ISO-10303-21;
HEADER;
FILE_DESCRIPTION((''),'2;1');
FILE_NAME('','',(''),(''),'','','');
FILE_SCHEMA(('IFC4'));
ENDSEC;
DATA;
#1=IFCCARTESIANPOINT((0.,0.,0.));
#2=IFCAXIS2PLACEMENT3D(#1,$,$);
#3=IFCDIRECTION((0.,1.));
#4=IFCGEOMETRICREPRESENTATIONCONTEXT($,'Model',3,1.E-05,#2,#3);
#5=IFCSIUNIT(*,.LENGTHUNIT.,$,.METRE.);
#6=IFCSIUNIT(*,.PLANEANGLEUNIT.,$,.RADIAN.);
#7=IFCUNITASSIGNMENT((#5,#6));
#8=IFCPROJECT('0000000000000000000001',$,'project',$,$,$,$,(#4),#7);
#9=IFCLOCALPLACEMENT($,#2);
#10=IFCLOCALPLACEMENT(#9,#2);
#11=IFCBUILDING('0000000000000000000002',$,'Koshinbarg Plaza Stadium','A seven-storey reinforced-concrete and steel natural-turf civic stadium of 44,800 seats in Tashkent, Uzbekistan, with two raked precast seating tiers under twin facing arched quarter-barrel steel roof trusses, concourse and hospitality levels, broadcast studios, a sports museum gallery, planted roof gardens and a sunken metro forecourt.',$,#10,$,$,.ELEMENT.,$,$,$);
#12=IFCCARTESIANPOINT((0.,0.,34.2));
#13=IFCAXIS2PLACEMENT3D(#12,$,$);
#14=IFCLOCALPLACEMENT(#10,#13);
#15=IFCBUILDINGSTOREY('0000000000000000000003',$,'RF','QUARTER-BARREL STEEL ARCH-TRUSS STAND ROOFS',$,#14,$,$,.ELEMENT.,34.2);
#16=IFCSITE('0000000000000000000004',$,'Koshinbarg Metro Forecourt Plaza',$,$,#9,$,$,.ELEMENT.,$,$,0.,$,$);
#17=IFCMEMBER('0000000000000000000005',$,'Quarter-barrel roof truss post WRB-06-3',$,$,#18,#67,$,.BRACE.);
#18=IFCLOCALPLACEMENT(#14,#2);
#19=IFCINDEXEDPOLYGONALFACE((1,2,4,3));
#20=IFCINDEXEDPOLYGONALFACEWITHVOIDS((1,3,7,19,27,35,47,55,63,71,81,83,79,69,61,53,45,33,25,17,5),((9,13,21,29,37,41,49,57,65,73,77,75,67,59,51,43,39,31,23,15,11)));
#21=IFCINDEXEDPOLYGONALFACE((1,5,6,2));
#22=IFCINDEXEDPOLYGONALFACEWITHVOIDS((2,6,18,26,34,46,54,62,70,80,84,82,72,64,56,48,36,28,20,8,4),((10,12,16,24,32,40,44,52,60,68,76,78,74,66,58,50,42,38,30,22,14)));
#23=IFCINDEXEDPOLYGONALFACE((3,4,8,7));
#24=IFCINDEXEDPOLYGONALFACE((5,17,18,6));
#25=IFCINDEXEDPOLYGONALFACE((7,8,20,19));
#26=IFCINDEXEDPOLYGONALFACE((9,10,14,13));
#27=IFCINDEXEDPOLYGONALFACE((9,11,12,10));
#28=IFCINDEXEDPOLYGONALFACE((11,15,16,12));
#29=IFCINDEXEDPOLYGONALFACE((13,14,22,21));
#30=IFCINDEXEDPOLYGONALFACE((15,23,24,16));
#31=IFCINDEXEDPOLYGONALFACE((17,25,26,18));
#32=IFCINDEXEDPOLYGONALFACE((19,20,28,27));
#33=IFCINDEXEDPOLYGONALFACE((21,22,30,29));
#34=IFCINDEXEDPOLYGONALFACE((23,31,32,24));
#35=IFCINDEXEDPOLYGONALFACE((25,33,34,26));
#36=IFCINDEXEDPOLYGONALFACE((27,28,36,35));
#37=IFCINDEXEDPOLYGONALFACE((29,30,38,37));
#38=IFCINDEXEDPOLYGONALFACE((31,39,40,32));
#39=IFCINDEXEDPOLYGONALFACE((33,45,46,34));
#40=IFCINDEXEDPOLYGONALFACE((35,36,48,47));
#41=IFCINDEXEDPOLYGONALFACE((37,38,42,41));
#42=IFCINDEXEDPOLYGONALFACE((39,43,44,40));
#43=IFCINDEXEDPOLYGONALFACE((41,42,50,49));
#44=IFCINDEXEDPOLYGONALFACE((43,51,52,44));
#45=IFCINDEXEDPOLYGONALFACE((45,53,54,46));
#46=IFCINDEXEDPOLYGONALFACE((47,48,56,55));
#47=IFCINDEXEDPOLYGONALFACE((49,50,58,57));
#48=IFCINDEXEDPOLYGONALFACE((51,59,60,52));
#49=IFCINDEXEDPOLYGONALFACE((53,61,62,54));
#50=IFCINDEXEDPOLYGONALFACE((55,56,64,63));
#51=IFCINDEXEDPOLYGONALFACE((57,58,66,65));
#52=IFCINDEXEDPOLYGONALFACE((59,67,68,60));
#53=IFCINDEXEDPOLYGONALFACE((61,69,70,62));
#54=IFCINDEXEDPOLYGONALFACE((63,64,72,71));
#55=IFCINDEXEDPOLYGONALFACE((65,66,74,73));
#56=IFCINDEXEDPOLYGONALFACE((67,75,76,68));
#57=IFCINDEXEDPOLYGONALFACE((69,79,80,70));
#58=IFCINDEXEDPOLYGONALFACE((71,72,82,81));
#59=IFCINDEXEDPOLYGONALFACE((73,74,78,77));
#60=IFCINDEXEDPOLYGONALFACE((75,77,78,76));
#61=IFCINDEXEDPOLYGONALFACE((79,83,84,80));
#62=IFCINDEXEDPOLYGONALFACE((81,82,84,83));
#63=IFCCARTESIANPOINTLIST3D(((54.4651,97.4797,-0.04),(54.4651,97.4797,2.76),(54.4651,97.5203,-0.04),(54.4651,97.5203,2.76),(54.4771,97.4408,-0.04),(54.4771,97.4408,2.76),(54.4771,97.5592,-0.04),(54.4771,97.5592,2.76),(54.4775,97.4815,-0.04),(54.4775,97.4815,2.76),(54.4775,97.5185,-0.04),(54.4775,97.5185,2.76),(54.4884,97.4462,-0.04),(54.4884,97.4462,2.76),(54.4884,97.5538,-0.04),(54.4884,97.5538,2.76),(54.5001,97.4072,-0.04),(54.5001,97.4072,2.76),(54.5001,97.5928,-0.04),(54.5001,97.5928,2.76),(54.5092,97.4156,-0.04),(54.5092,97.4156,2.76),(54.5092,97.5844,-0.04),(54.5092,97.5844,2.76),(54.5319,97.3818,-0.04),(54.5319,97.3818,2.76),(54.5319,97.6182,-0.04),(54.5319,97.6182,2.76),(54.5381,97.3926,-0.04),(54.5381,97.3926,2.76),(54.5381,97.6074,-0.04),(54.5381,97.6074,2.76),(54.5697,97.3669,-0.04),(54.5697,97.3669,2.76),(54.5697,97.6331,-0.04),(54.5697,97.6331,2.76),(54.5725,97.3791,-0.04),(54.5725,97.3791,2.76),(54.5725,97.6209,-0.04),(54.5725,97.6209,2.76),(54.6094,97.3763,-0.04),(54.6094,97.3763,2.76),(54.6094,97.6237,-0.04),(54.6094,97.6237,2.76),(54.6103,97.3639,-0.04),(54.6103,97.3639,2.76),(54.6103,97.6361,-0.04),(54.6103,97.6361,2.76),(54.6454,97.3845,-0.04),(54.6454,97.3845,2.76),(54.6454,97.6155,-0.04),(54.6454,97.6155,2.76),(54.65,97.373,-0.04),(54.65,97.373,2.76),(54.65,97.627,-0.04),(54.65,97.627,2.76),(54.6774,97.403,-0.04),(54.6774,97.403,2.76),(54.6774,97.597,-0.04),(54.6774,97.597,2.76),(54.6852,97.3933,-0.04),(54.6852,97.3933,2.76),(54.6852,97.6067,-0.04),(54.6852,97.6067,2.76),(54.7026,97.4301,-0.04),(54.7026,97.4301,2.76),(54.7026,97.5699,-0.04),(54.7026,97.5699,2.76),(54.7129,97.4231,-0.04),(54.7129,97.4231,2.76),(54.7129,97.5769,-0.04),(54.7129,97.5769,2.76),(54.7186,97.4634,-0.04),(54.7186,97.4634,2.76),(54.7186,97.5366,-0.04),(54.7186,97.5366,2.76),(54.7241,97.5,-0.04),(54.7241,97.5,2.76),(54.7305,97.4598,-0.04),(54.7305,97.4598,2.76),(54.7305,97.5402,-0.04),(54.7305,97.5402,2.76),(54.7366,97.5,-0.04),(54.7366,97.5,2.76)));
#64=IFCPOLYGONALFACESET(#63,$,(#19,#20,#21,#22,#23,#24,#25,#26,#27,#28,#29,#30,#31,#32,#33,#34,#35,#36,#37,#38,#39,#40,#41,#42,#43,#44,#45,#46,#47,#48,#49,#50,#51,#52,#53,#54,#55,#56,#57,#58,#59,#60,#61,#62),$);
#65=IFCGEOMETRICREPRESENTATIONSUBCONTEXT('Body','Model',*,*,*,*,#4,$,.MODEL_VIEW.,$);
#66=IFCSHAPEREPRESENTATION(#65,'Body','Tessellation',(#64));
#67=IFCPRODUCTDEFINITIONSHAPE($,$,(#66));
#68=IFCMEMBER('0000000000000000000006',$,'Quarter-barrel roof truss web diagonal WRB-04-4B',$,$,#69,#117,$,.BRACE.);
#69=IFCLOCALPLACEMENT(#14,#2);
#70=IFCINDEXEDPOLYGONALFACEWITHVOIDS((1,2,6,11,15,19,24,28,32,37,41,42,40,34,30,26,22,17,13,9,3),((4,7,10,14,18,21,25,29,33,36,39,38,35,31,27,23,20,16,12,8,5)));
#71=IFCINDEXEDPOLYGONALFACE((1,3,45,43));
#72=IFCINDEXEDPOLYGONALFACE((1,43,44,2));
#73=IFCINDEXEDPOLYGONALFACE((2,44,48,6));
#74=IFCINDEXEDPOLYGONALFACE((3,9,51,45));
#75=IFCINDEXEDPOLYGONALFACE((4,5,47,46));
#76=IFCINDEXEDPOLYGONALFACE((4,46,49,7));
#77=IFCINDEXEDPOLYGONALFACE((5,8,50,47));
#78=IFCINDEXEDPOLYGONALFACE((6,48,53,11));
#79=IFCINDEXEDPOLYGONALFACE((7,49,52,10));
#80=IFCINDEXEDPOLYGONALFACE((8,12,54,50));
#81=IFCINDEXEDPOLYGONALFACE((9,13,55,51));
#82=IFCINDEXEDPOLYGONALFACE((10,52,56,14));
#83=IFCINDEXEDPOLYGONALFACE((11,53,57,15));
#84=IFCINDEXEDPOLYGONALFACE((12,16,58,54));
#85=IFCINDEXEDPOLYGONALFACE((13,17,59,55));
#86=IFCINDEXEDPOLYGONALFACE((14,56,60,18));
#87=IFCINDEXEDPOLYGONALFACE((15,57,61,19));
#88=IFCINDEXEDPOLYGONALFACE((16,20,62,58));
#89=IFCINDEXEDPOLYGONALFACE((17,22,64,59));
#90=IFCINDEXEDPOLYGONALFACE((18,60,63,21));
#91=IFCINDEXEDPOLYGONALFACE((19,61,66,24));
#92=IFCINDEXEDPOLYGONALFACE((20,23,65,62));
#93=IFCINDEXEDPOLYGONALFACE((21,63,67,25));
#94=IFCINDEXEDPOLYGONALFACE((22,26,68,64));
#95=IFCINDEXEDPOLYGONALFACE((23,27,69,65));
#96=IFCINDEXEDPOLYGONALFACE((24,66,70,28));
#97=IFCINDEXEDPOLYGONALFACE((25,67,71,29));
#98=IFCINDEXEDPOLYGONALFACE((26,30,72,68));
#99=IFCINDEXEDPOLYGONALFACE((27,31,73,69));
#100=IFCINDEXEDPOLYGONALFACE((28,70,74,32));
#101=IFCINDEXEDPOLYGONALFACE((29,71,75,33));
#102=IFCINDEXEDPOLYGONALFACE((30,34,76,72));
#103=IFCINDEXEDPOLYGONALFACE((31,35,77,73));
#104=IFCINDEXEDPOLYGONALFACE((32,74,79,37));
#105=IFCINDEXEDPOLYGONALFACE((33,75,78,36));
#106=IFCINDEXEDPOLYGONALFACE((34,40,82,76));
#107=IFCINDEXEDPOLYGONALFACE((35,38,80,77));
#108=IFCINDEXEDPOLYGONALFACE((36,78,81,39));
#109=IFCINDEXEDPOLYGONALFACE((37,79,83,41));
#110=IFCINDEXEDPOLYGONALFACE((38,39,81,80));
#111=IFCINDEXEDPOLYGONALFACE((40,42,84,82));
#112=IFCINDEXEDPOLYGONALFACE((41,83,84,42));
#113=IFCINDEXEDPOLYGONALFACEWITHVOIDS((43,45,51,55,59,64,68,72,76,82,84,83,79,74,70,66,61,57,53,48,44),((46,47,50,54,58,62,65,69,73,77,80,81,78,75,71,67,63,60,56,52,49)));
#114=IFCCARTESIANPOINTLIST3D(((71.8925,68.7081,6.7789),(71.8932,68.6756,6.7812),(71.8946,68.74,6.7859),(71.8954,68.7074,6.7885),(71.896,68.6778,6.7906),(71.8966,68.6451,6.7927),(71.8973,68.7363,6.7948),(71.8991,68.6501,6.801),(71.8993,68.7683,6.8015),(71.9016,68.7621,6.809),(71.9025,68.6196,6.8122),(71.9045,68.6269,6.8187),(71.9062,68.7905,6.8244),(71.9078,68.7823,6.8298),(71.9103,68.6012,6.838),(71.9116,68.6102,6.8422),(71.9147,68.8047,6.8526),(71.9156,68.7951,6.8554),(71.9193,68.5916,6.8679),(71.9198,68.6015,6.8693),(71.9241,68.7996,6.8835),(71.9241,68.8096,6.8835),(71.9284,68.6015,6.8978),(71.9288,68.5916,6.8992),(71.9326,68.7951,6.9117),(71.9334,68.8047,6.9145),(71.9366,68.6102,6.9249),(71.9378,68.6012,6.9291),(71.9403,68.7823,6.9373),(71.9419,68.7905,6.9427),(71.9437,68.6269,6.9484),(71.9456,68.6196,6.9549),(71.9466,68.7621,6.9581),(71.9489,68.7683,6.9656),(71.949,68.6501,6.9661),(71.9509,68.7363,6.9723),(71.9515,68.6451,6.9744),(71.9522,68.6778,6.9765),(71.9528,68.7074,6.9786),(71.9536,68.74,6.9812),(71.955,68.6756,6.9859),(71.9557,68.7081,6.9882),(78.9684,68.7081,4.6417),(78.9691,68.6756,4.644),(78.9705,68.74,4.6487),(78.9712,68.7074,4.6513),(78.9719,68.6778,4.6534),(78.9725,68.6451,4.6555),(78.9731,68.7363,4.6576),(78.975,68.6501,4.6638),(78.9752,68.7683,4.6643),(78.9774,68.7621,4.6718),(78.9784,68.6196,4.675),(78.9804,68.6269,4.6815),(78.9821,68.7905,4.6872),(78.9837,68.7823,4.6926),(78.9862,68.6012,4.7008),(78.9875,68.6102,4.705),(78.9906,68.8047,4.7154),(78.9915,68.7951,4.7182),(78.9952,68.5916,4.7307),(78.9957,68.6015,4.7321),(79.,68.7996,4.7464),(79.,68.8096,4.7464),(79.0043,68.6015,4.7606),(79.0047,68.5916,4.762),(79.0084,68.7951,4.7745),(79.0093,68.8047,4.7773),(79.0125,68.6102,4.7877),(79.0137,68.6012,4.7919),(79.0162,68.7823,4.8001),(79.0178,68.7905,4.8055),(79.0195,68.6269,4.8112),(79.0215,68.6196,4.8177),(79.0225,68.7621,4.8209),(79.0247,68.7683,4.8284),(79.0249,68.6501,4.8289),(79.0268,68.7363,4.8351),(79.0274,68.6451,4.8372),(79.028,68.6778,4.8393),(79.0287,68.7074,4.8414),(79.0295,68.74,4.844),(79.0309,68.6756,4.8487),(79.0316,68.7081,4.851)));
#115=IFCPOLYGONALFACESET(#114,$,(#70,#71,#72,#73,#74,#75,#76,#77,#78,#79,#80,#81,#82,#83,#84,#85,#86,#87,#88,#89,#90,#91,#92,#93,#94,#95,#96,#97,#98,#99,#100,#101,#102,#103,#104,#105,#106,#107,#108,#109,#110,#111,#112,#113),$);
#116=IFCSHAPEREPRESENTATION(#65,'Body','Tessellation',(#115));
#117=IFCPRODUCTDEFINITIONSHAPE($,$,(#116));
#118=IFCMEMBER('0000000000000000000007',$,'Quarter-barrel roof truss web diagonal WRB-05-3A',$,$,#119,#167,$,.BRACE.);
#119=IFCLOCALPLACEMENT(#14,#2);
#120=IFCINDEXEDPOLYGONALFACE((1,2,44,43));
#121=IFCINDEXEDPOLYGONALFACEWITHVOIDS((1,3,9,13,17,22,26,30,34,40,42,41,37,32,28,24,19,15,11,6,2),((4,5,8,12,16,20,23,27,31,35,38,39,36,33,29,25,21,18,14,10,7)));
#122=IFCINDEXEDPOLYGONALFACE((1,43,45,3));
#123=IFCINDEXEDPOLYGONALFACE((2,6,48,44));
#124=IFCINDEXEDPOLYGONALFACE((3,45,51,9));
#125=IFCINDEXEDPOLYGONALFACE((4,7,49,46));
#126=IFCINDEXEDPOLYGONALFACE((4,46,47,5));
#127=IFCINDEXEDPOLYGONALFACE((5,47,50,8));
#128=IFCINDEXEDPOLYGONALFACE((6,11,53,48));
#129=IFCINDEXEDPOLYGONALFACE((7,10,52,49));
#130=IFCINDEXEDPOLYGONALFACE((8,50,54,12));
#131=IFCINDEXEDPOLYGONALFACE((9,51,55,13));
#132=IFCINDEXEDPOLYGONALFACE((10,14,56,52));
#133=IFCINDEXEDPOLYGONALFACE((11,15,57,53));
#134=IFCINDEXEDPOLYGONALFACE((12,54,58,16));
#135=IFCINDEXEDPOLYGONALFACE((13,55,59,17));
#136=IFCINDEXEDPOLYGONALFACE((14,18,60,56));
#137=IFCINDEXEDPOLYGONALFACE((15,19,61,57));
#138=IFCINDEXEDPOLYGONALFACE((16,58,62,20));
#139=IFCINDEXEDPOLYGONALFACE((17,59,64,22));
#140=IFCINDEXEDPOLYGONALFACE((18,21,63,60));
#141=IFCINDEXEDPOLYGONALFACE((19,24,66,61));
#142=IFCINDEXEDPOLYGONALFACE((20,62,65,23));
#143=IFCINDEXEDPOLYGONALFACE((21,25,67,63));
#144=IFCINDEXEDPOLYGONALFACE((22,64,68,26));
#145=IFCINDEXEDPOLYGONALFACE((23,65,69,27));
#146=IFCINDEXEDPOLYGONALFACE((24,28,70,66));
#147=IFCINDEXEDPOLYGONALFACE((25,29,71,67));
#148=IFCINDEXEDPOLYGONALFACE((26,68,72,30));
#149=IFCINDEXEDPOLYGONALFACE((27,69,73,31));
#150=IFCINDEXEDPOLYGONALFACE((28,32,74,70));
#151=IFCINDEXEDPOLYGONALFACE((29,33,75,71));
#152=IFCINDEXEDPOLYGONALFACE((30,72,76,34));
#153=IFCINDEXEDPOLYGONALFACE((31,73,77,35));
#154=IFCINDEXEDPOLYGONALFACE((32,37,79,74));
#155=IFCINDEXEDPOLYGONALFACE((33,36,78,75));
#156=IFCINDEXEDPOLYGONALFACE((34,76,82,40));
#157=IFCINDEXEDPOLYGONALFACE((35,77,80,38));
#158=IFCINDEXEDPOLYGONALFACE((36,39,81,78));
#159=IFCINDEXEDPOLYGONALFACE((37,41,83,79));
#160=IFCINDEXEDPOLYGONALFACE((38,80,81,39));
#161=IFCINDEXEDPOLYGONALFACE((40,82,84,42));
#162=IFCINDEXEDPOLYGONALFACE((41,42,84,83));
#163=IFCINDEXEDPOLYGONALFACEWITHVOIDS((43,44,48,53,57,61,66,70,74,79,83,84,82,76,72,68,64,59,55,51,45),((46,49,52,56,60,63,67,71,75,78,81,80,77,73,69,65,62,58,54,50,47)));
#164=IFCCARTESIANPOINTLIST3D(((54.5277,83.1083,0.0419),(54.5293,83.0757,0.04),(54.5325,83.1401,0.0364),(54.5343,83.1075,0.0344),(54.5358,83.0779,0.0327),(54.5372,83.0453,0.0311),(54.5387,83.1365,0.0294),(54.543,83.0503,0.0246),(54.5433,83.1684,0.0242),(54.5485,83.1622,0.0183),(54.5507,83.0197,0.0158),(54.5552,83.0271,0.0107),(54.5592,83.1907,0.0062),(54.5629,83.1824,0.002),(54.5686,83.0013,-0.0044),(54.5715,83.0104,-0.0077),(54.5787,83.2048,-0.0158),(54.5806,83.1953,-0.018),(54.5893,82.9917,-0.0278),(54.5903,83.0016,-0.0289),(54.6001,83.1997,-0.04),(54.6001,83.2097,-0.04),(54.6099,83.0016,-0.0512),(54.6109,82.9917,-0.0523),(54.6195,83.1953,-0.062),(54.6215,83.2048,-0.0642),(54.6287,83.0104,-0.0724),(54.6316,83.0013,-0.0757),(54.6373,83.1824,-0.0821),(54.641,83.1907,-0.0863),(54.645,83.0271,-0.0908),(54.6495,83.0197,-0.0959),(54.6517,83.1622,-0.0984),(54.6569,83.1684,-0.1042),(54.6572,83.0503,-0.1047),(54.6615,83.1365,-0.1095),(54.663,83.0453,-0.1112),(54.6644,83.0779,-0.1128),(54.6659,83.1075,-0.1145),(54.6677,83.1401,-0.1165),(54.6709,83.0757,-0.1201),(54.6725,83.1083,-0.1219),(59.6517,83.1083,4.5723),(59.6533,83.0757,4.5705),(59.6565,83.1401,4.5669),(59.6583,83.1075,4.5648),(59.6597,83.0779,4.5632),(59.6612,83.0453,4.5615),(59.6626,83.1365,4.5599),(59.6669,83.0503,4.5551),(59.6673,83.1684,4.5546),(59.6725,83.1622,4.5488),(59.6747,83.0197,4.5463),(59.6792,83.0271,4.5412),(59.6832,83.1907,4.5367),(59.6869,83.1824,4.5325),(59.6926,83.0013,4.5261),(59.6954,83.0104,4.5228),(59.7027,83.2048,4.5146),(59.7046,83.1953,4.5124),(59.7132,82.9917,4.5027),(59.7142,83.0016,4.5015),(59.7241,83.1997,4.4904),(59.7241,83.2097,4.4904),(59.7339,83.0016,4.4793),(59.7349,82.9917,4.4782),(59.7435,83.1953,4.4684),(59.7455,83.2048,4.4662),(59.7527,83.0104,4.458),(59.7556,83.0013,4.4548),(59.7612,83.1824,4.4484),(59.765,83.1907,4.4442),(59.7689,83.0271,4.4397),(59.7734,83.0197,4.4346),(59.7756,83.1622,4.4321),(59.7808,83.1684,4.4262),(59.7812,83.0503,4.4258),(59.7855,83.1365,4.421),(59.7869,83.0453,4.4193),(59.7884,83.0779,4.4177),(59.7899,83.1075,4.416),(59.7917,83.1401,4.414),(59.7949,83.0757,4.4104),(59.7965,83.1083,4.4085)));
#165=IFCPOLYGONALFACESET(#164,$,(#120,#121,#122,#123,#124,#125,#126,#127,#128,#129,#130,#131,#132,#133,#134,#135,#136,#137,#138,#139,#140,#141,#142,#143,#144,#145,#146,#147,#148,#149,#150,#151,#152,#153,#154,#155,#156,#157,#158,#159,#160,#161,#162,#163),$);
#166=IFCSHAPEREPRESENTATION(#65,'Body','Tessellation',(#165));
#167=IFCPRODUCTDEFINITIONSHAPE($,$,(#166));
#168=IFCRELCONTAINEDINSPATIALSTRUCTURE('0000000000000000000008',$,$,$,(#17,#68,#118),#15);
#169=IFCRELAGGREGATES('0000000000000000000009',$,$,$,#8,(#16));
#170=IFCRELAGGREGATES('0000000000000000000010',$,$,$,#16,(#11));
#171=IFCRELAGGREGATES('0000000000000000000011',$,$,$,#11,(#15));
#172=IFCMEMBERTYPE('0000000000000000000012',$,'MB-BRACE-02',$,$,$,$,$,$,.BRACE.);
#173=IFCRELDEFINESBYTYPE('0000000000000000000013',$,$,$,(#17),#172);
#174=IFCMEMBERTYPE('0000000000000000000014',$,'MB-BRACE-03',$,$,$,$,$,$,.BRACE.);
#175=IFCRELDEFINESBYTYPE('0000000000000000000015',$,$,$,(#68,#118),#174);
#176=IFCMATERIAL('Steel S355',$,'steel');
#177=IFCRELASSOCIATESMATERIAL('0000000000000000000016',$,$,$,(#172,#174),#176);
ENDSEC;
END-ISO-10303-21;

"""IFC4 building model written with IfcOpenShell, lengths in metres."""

from ifc_helpers import new_model, si_unit, direction, frame, origin, origin_2d, place, context, subcontext, project, spatial, hollow_circle, extrude, material, material_profile, profile_set, type_object, element, save


model = new_model("IFC4")

# Units and contexts
model_context = context("Model", 3, precision=1e-05, world=origin(), true_north=direction((0.0, 1.0)))
body_context = subcontext(model_context, "Body", "Model", "MODEL_VIEW")
ifc_project = project(units=[si_unit("LENGTHUNIT", "METRE"), si_unit("PLANEANGLEUNIT", "RADIAN")], contexts=[model_context])

# Site, building, storey
site_placement = place(None, origin())
site = spatial("IfcSite", under=ifc_project, at=site_placement, Name="Koshinbarg Metro Forecourt Plaza", CompositionType="ELEMENT", RefElevation=0.0)
building_placement = place(site_placement, origin())
building = spatial("IfcBuilding", under=site, at=building_placement, Name="Koshinbarg Plaza Stadium", Description="A seven-storey reinforced-concrete and steel natural-turf civic stadium of 44,800 seats in Tashkent, Uzbekistan, with two raked precast seating tiers under twin facing arched quarter-barrel steel roof trusses, concourse and hospitality levels, broadcast studios, a sports museum gallery, planted roof gardens and a sunken metro forecourt.", CompositionType="ELEMENT")
storey_placement = place(building_placement, frame((0.0, 0.0, 34.2)))
storey = spatial("IfcBuildingStorey", under=building, at=storey_placement, Name="RF", Description="QUARTER-BARREL STEEL ARCH-TRUSS STAND ROOFS", CompositionType="ELEMENT", Elevation=34.2)

# Members
ifc_material_1 = material(Name="Steel S355", Category="steel")
ifc_material_profile_1 = material_profile(ifc_material_1, hollow_circle(Radius=0.1365, WallThickness=0.0125, at=origin_2d()), Name="CHS 273x12.5")
ifc_profile_set_1 = profile_set([ifc_material_profile_1], Name="Steel S355")
member_type_1 = type_object("IfcMemberType", Name="MB-BRACE-02", PredefinedType="BRACE", material=ifc_profile_set_1)
for number, where, z_axis, x_axis, name in (
    (1, (54.6001, 97.5, -0.04), (0.0, 0.0, 1.0), (1.0, 0.0, 0.0), "Quarter-barrel roof truss post WRB-06-3"),
):
    element("IfcMember", number, at=place(storey_placement, frame(where, z_axis=z_axis, x_axis=x_axis)), inside=storey, type_object=member_type_1, Name=name, PredefinedType="BRACE", context=body_context, shape_type="SweptSolid", body=[
        extrude(hollow_circle(Radius=0.1365, WallThickness=0.0125, at=origin_2d()), origin(), (0.0, 0.0, 1.0), 2.8),
    ])
ifc_material_profile_2 = material_profile(ifc_material_1, hollow_circle(Radius=0.1096, WallThickness=0.01, at=origin_2d()), Name="CHS 219.1x10")
ifc_profile_set_2 = profile_set([ifc_material_profile_2], Name="Steel S355")
member_type_2 = type_object("IfcMemberType", Name="MB-BRACE-03", PredefinedType="BRACE", material=ifc_profile_set_2)
member_1_placement = place(storey_placement, frame((71.9241, 68.7, 6.8835), z_axis=(0.957287, 0.0, -0.289138), x_axis=(0.0, 1.0, 0.0)))
element("IfcMember", 2, at=member_1_placement, inside=storey, type_object=member_type_2, Name="Quarter-barrel roof truss web diagonal WRB-04-4B", PredefinedType="BRACE", context=body_context, shape_type="SweptSolid", body=[
    extrude(hollow_circle(Radius=0.1096, WallThickness=0.01, at=origin_2d()), origin(), (0.0, 0.0, 1.0), 7.3916),
])
member_2_placement = place(storey_placement, frame((54.6001, 83.1001, -0.04), z_axis=(0.749161, 0.0, 0.662387), x_axis=(0.0, 1.0, 0.0)))
element("IfcMember", 3, at=member_2_placement, inside=storey, type_object=member_type_2, Name="Quarter-barrel roof truss web diagonal WRB-05-3A", PredefinedType="BRACE", context=body_context, shape_type="SweptSolid", body=[
    extrude(hollow_circle(Radius=0.1096, WallThickness=0.01, at=origin_2d()), origin(), (0.0, 0.0, 1.0), 6.8396),
])

save(model, "model.ifc")
